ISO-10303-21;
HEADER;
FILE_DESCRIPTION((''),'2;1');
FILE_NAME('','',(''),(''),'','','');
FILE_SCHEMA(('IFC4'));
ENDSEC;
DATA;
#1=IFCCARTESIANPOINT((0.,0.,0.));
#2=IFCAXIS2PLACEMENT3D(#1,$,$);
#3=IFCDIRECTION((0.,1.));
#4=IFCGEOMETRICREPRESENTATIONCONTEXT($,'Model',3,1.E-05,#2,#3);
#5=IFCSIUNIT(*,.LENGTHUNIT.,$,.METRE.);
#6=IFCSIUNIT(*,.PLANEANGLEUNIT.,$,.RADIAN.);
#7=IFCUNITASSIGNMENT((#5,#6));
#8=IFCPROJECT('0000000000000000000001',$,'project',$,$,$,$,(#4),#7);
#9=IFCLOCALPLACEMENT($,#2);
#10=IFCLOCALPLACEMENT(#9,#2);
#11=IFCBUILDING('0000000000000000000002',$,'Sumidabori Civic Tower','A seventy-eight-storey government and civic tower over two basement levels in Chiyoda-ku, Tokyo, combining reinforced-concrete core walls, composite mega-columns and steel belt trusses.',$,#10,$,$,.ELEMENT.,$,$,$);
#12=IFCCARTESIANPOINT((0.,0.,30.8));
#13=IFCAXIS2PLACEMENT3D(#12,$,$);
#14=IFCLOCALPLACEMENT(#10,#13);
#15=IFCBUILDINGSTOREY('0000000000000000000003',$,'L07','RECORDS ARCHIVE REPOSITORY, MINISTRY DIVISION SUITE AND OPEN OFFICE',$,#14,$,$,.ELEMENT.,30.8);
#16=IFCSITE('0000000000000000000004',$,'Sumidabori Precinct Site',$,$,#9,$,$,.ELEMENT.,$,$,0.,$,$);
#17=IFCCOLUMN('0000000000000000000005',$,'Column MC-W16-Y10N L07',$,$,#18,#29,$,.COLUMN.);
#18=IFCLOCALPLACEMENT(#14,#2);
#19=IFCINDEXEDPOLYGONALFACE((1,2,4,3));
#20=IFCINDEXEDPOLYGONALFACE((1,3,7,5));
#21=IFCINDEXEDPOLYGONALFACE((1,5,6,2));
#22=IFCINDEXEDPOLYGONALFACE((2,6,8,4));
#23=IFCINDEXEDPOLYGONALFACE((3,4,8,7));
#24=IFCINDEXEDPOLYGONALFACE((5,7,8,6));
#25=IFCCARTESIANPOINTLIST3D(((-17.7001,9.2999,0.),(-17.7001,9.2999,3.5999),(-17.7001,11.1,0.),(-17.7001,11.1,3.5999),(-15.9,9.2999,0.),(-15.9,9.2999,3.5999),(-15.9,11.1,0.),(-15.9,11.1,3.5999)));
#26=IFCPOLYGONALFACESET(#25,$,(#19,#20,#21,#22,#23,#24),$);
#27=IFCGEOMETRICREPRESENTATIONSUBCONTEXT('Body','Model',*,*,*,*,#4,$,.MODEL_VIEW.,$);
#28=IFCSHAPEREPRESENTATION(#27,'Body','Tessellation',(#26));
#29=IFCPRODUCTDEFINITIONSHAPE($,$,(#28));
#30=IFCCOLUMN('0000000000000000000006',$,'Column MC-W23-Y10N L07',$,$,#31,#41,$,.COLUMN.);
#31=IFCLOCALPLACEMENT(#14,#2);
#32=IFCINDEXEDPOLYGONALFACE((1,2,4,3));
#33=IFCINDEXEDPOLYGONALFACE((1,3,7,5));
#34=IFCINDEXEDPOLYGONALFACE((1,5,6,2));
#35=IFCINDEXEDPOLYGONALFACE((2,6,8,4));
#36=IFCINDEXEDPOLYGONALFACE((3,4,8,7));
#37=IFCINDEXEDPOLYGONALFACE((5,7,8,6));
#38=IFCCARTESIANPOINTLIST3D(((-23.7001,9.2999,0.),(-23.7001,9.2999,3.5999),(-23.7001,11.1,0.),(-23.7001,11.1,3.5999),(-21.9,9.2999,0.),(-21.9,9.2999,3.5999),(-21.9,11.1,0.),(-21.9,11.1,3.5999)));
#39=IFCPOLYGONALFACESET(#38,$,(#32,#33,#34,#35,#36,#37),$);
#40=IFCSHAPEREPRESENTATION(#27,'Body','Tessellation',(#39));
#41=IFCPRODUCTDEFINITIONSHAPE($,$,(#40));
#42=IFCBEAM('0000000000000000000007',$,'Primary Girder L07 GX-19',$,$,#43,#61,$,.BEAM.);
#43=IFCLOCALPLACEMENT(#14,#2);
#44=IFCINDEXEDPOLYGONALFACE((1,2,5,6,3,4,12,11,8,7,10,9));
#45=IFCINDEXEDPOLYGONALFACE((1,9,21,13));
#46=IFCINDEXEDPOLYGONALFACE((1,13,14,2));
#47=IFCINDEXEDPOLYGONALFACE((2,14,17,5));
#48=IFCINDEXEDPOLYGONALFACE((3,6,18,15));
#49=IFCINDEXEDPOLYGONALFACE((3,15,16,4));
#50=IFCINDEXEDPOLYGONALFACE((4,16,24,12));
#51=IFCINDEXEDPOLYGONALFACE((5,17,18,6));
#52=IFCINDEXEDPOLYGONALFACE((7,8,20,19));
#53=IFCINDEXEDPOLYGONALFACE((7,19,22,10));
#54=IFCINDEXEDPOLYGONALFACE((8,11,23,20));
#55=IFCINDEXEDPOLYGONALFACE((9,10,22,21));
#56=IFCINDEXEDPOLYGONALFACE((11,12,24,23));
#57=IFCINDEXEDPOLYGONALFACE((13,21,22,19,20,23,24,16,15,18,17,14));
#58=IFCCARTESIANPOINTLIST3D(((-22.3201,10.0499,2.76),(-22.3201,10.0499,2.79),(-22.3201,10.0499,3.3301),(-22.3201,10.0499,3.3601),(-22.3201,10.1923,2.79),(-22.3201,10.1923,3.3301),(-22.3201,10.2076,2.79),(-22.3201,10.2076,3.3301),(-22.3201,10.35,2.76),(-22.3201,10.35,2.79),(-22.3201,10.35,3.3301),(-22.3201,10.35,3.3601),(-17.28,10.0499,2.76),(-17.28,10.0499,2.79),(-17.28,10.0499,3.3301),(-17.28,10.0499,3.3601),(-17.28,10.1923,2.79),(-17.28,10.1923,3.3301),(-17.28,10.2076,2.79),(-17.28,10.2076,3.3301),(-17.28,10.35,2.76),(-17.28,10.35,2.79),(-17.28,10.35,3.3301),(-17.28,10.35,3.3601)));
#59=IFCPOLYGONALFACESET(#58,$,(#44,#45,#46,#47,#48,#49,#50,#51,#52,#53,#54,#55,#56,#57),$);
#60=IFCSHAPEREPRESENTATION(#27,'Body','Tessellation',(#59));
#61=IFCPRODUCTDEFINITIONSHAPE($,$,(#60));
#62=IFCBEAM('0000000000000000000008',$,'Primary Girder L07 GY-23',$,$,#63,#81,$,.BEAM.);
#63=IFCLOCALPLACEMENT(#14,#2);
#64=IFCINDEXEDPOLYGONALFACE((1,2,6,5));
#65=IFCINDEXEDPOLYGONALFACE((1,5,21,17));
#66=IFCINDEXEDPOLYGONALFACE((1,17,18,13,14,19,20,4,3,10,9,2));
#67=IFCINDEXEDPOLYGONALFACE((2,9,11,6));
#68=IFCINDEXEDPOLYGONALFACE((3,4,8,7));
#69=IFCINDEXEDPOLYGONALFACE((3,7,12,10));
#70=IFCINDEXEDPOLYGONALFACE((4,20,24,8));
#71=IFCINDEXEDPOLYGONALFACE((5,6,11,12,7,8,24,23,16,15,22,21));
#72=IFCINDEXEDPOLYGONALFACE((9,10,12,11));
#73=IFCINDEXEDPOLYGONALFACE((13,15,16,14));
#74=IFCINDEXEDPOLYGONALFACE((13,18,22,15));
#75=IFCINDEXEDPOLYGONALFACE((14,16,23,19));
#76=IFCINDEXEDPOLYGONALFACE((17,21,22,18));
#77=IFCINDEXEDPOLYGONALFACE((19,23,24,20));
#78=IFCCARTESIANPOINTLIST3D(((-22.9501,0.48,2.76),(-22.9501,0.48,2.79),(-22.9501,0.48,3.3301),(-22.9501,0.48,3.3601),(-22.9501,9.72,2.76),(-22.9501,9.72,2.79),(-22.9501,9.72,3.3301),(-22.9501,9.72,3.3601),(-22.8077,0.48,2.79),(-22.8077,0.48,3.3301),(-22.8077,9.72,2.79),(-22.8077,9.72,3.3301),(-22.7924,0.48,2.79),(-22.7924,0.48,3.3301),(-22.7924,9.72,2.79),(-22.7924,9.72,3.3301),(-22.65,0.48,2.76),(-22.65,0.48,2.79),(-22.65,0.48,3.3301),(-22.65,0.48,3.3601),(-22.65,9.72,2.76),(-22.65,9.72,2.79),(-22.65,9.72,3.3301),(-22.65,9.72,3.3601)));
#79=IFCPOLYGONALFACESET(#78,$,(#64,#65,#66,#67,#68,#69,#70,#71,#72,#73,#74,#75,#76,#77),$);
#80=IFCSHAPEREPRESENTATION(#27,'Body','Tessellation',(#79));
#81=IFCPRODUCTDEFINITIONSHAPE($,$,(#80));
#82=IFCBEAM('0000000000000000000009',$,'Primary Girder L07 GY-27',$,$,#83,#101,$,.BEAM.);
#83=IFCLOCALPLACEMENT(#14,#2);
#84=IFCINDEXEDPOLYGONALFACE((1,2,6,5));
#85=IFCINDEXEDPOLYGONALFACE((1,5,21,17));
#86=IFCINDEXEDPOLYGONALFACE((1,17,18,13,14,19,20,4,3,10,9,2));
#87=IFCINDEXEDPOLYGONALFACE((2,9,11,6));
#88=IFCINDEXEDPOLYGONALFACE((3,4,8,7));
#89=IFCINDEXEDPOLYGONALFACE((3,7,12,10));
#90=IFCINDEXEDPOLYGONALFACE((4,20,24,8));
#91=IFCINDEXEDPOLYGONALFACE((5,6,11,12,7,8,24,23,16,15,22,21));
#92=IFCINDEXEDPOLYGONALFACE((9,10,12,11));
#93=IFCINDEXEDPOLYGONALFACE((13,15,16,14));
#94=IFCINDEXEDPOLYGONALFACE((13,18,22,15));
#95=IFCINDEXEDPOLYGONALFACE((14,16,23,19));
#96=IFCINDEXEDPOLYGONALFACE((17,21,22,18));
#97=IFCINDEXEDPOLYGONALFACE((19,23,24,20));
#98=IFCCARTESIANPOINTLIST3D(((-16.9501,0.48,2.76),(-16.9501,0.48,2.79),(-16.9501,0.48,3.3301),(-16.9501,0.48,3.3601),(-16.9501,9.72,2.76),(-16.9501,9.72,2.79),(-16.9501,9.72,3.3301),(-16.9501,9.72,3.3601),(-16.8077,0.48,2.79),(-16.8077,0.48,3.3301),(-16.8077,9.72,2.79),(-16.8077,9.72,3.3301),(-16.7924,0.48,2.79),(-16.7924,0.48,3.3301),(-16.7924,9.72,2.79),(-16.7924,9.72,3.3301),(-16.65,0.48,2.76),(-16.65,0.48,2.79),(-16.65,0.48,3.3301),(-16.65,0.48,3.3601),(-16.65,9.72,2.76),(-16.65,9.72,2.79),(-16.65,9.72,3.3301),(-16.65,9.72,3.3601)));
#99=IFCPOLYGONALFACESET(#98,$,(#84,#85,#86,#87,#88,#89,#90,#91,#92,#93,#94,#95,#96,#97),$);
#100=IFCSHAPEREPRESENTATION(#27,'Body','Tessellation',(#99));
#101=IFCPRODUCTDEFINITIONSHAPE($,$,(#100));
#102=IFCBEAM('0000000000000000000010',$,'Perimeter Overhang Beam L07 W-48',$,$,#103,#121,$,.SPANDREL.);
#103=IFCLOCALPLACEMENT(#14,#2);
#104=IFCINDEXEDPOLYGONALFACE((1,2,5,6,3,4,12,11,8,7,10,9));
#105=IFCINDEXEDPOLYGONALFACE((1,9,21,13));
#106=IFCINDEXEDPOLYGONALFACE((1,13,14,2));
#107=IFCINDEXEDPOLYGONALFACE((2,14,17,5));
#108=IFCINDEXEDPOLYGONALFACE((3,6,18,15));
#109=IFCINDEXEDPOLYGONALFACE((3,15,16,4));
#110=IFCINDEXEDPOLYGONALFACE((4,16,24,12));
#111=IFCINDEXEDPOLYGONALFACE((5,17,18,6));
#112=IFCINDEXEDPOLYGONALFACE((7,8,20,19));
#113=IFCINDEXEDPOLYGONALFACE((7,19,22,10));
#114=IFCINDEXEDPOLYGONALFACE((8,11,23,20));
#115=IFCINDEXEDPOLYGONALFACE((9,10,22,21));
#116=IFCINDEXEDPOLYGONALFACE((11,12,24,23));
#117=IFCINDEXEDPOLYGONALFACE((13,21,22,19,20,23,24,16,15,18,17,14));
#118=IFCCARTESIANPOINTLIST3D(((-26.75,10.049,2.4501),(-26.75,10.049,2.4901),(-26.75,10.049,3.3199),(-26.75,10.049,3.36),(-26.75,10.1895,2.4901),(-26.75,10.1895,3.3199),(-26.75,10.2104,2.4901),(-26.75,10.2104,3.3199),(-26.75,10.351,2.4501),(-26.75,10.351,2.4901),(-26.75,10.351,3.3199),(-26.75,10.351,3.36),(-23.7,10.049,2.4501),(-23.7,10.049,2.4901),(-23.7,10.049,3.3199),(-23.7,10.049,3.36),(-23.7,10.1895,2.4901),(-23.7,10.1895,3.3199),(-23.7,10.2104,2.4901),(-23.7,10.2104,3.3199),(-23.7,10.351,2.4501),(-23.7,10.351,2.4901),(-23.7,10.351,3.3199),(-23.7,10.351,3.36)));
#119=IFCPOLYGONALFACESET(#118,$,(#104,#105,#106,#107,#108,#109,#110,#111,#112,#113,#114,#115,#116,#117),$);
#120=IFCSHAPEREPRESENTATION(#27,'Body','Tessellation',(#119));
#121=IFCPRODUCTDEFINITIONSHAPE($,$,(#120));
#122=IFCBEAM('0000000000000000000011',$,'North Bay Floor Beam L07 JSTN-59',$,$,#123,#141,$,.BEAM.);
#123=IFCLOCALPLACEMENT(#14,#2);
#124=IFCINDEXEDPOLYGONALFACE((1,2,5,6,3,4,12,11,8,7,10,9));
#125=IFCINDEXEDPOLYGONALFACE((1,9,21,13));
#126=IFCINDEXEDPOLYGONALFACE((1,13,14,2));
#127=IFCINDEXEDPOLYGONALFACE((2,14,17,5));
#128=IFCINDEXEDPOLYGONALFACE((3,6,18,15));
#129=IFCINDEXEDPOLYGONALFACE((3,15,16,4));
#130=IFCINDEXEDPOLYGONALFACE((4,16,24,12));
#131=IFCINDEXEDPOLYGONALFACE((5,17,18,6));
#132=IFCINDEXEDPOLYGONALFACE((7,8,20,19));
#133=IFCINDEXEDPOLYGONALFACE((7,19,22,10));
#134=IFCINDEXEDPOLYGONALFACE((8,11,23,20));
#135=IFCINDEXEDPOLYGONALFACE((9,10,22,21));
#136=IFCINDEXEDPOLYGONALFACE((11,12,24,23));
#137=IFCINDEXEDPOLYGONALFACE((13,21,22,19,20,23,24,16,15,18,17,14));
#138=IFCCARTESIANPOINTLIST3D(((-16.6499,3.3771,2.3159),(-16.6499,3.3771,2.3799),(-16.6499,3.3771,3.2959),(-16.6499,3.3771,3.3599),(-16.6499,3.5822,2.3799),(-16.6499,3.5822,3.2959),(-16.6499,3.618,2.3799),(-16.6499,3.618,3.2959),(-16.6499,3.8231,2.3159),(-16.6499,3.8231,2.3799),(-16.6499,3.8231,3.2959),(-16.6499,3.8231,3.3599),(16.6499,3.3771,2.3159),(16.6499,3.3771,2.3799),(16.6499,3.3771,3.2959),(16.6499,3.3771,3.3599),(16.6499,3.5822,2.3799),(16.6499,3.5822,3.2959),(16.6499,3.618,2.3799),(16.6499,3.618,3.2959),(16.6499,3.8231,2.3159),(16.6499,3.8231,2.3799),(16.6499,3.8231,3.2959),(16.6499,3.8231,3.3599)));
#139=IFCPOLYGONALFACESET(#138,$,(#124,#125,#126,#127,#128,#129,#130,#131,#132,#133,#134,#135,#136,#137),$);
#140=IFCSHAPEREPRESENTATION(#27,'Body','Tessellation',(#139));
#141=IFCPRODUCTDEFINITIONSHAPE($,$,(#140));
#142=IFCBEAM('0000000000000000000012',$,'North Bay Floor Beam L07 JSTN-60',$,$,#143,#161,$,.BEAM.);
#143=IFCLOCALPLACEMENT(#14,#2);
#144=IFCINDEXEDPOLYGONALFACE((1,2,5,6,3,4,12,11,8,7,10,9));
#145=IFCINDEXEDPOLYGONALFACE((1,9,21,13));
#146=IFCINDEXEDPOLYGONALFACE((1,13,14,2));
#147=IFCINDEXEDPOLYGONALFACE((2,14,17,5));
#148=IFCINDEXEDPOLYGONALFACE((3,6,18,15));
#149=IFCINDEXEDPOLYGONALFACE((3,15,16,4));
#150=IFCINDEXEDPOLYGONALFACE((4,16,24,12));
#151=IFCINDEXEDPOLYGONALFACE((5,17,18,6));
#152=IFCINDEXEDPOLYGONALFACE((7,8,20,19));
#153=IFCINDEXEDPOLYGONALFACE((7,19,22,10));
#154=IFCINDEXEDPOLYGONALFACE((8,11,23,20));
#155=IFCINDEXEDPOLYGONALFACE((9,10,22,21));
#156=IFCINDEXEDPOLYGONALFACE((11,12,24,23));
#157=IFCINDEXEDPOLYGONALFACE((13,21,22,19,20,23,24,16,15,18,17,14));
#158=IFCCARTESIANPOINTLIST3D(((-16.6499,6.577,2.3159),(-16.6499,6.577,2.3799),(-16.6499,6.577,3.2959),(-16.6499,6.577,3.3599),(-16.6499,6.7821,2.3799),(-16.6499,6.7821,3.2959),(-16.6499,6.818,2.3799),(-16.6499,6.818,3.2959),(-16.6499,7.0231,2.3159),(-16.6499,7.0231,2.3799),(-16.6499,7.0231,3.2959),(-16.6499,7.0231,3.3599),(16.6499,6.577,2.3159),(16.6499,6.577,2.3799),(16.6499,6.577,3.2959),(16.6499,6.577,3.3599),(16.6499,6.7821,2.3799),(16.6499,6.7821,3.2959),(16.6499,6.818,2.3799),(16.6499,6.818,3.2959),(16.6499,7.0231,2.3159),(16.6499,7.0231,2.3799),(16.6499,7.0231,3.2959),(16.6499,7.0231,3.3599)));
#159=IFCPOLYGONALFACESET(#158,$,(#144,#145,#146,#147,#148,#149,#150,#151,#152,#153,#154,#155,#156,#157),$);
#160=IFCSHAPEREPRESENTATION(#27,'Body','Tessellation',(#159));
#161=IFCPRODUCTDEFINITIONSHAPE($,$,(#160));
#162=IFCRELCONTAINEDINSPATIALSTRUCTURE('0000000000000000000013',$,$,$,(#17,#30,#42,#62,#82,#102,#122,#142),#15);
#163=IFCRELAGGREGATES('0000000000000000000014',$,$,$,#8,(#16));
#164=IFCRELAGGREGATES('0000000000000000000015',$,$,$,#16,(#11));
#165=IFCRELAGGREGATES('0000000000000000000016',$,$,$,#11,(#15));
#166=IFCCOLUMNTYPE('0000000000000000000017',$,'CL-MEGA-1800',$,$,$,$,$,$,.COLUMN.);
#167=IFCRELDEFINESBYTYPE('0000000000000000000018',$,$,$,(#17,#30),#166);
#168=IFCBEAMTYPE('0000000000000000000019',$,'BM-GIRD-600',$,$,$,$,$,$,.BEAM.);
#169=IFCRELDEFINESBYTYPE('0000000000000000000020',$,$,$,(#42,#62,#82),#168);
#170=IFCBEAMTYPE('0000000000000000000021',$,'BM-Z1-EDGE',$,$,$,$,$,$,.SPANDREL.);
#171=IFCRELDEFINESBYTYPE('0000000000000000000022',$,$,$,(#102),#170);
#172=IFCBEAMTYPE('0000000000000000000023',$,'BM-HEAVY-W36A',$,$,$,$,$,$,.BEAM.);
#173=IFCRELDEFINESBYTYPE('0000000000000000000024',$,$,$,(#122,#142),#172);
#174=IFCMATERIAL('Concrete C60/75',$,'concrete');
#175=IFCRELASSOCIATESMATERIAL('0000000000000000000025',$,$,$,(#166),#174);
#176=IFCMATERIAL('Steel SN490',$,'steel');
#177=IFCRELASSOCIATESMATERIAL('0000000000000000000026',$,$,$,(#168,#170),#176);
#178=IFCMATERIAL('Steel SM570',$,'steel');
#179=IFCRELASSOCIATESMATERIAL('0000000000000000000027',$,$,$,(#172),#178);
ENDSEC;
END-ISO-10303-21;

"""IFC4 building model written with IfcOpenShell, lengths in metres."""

from ifc_helpers import new_model, si_unit, direction, frame, origin, origin_2d, place, context, subcontext, project, spatial, rectangle, i_section, extrude, source, transform, mapped, material, material_profile, profile_set, type_object, element, save


model = new_model("IFC4")

# Units and contexts
model_context = context("Model", 3, precision=1e-05, world=origin(), true_north=direction((0.0, 1.0)))
body_context = subcontext(model_context, "Body", "Model", "MODEL_VIEW")
ifc_project = project(units=[si_unit("LENGTHUNIT", "METRE"), si_unit("PLANEANGLEUNIT", "RADIAN")], contexts=[model_context])

# Site, building, storey
site_placement = place(None, origin())
site = spatial("IfcSite", under=ifc_project, at=site_placement, Name="Sumidabori Precinct Site", CompositionType="ELEMENT", RefElevation=0.0)
building_placement = place(site_placement, origin())
building = spatial("IfcBuilding", under=site, at=building_placement, Name="Sumidabori Civic Tower", Description="A seventy-eight-storey government and civic tower over two basement levels in Chiyoda-ku, Tokyo, combining reinforced-concrete core walls, composite mega-columns and steel belt trusses.", CompositionType="ELEMENT")
storey_placement = place(building_placement, frame((0.0, 0.0, 30.8)))
storey = spatial("IfcBuildingStorey", under=building, at=storey_placement, Name="L07", Description="RECORDS ARCHIVE REPOSITORY, MINISTRY DIVISION SUITE AND OPEN OFFICE", CompositionType="ELEMENT", Elevation=30.8)

# Columns
ifc_material_1 = material(Name="Concrete C60/75", Category="concrete")
ifc_material_profile_1 = material_profile(ifc_material_1, rectangle(XDim=1.8, YDim=1.8, at=origin_2d()), Name="RC 1800x1800")
ifc_profile_set_1 = profile_set([ifc_material_profile_1], Name="Concrete C60/75")
column_type = type_object("IfcColumnType", Name="CL-MEGA-1800", PredefinedType="COLUMN", material=ifc_profile_set_1)
shared_shape_1 = source(origin(), body_context, "Body", "SweptSolid", [
    extrude(rectangle(XDim=1.8, YDim=1.8, at=origin_2d()), origin(), (0.0, 0.0, 1.0), 3.5999),
])
for number, where, z_axis, x_axis, name in (
    (1, (-16.8, 10.2, 0.0), (0.0, 0.0, 1.0), (1.0, 0.0, 0.0), "Column MC-W16-Y10N L07"),
    (2, (-22.8, 10.2, 0.0), (0.0, 0.0, 1.0), (1.0, 0.0, 0.0), "Column MC-W23-Y10N L07"),
):
    element("IfcColumn", number, at=place(storey_placement, frame(where, z_axis=z_axis, x_axis=x_axis)), inside=storey, type_object=column_type, Name=name, PredefinedType="COLUMN", context=body_context, shape_type="MappedRepresentation", body=[
        mapped(shared_shape_1, transform((0.0, 0.0, 0.0), x_axis=(1.0, 0.0, 0.0), y_axis=(0.0, 1.0, 0.0), z_axis=(0.0, 0.0, 1.0), scale=1.0)),
    ])

# Beams
ifc_material_2 = material(Name="Steel SN490", Category="steel")
ifc_material_profile_2 = material_profile(ifc_material_2, i_section(OverallWidth=0.3, OverallDepth=0.6001, WebThickness=0.0154, FlangeThickness=0.03, at=origin_2d()), Name="HE 600 B")
ifc_profile_set_2 = profile_set([ifc_material_profile_2], Name="Steel SN490")
beam_type_1 = type_object("IfcBeamType", Name="BM-GIRD-600", PredefinedType="BEAM", material=ifc_profile_set_2)
shared_shape_2 = source(origin(), body_context, "Body", "SweptSolid", [
    extrude(i_section(OverallWidth=0.3, OverallDepth=0.6001, WebThickness=0.0154, FlangeThickness=0.03, at=origin_2d()), origin(), (0.0, 0.0, 1.0), 5.04),
])
beam_1_placement = place(storey_placement, frame((-22.3201, 10.2, 3.0601), z_axis=(1.0, 0.0, 0.0), x_axis=(0.0, 1.0, 0.0)))
element("IfcBeam", 3, at=beam_1_placement, inside=storey, type_object=beam_type_1, Name="Primary Girder L07 GX-19", PredefinedType="BEAM", context=body_context, shape_type="MappedRepresentation", body=[
    mapped(shared_shape_2, transform((0.0, 0.0, 0.0), x_axis=(1.0, 0.0, 0.0), y_axis=(0.0, 1.0, 0.0), z_axis=(0.0, 0.0, 1.0), scale=1.0)),
])
shared_shape_3 = source(origin(), body_context, "Body", "SweptSolid", [
    extrude(i_section(OverallWidth=0.3, OverallDepth=0.6001, WebThickness=0.0154, FlangeThickness=0.03, at=origin_2d()), origin(), (0.0, 0.0, 1.0), 9.24),
])
for number, where, z_axis, x_axis, name in (
    (4, (-22.8, 0.48, 3.0601), (0.0, 1.0, 0.0), (-1.0, 0.0, 0.0), "Primary Girder L07 GY-23"),
    (5, (-16.8, 0.48, 3.0601), (0.0, 1.0, 0.0), (-1.0, 0.0, 0.0), "Primary Girder L07 GY-27"),
):
    element("IfcBeam", number, at=place(storey_placement, frame(where, z_axis=z_axis, x_axis=x_axis)), inside=storey, type_object=beam_type_1, Name=name, PredefinedType="BEAM", context=body_context, shape_type="MappedRepresentation", body=[
        mapped(shared_shape_3, transform((0.0, 0.0, 0.0), x_axis=(1.0, 0.0, 0.0), y_axis=(0.0, 1.0, 0.0), z_axis=(0.0, 0.0, 1.0), scale=1.0)),
    ])
ifc_material_profile_3 = material_profile(ifc_material_2, i_section(OverallWidth=0.302, OverallDepth=0.9099, WebThickness=0.021, FlangeThickness=0.04, at=origin_2d()), Name="HE 900 M")
ifc_profile_set_3 = profile_set([ifc_material_profile_3], Name="Steel SN490")
beam_type_2 = type_object("IfcBeamType", Name="BM-Z1-EDGE", PredefinedType="SPANDREL", material=ifc_profile_set_3)
shared_shape_4 = source(origin(), body_context, "Body", "SweptSolid", [
    extrude(i_section(OverallWidth=0.302, OverallDepth=0.9099, WebThickness=0.021, FlangeThickness=0.04, at=origin_2d()), origin(), (0.0, 0.0, 1.0), 3.05),
])
beam_2_placement = place(storey_placement, frame((-26.75, 10.2, 2.905), z_axis=(1.0, 0.0, 0.0), x_axis=(0.0, 1.0, 0.0)))
element("IfcBeam", 6, at=beam_2_placement, inside=storey, type_object=beam_type_2, Name="Perimeter Overhang Beam L07 W-48", PredefinedType="SPANDREL", context=body_context, shape_type="MappedRepresentation", body=[
    mapped(shared_shape_4, transform((0.0, 0.0, 0.0), x_axis=(1.0, 0.0, 0.0), y_axis=(0.0, 1.0, 0.0), z_axis=(0.0, 0.0, 1.0), scale=1.0)),
])
ifc_material_3 = material(Name="Steel SM570", Category="steel")
ifc_material_profile_4 = material_profile(ifc_material_3, i_section(OverallWidth=0.446, OverallDepth=1.0439, WebThickness=0.0359, FlangeThickness=0.064, at=origin_2d()), Name="W36X652")
ifc_profile_set_4 = profile_set([ifc_material_profile_4], Name="Steel SM570")
beam_type_3 = type_object("IfcBeamType", Name="BM-HEAVY-W36A", PredefinedType="BEAM", material=ifc_profile_set_4)
shared_shape_5 = source(origin(), body_context, "Body", "SweptSolid", [
    extrude(i_section(OverallWidth=0.446, OverallDepth=1.0439, WebThickness=0.0359, FlangeThickness=0.064, at=origin_2d()), origin(), (0.0, 0.0, 1.0), 33.2998),
])
for number, where, z_axis, x_axis, name in (
    (7, (-16.6499, 3.6001, 2.8379), (1.0, 0.0, 0.0), (0.0, 1.0, 0.0), "North Bay Floor Beam L07 JSTN-59"),
    (8, (-16.6499, 6.8, 2.8379), (1.0, 0.0, 0.0), (0.0, 1.0, 0.0), "North Bay Floor Beam L07 JSTN-60"),
):
    element("IfcBeam", number, at=place(storey_placement, frame(where, z_axis=z_axis, x_axis=x_axis)), inside=storey, type_object=beam_type_3, Name=name, PredefinedType="BEAM", context=body_context, shape_type="MappedRepresentation", body=[
        mapped(shared_shape_5, transform((0.0, 0.0, 0.0), x_axis=(1.0, 0.0, 0.0), y_axis=(0.0, 1.0, 0.0), z_axis=(0.0, 0.0, 1.0), scale=1.0)),
    ])

save(model, "model.ifc")
